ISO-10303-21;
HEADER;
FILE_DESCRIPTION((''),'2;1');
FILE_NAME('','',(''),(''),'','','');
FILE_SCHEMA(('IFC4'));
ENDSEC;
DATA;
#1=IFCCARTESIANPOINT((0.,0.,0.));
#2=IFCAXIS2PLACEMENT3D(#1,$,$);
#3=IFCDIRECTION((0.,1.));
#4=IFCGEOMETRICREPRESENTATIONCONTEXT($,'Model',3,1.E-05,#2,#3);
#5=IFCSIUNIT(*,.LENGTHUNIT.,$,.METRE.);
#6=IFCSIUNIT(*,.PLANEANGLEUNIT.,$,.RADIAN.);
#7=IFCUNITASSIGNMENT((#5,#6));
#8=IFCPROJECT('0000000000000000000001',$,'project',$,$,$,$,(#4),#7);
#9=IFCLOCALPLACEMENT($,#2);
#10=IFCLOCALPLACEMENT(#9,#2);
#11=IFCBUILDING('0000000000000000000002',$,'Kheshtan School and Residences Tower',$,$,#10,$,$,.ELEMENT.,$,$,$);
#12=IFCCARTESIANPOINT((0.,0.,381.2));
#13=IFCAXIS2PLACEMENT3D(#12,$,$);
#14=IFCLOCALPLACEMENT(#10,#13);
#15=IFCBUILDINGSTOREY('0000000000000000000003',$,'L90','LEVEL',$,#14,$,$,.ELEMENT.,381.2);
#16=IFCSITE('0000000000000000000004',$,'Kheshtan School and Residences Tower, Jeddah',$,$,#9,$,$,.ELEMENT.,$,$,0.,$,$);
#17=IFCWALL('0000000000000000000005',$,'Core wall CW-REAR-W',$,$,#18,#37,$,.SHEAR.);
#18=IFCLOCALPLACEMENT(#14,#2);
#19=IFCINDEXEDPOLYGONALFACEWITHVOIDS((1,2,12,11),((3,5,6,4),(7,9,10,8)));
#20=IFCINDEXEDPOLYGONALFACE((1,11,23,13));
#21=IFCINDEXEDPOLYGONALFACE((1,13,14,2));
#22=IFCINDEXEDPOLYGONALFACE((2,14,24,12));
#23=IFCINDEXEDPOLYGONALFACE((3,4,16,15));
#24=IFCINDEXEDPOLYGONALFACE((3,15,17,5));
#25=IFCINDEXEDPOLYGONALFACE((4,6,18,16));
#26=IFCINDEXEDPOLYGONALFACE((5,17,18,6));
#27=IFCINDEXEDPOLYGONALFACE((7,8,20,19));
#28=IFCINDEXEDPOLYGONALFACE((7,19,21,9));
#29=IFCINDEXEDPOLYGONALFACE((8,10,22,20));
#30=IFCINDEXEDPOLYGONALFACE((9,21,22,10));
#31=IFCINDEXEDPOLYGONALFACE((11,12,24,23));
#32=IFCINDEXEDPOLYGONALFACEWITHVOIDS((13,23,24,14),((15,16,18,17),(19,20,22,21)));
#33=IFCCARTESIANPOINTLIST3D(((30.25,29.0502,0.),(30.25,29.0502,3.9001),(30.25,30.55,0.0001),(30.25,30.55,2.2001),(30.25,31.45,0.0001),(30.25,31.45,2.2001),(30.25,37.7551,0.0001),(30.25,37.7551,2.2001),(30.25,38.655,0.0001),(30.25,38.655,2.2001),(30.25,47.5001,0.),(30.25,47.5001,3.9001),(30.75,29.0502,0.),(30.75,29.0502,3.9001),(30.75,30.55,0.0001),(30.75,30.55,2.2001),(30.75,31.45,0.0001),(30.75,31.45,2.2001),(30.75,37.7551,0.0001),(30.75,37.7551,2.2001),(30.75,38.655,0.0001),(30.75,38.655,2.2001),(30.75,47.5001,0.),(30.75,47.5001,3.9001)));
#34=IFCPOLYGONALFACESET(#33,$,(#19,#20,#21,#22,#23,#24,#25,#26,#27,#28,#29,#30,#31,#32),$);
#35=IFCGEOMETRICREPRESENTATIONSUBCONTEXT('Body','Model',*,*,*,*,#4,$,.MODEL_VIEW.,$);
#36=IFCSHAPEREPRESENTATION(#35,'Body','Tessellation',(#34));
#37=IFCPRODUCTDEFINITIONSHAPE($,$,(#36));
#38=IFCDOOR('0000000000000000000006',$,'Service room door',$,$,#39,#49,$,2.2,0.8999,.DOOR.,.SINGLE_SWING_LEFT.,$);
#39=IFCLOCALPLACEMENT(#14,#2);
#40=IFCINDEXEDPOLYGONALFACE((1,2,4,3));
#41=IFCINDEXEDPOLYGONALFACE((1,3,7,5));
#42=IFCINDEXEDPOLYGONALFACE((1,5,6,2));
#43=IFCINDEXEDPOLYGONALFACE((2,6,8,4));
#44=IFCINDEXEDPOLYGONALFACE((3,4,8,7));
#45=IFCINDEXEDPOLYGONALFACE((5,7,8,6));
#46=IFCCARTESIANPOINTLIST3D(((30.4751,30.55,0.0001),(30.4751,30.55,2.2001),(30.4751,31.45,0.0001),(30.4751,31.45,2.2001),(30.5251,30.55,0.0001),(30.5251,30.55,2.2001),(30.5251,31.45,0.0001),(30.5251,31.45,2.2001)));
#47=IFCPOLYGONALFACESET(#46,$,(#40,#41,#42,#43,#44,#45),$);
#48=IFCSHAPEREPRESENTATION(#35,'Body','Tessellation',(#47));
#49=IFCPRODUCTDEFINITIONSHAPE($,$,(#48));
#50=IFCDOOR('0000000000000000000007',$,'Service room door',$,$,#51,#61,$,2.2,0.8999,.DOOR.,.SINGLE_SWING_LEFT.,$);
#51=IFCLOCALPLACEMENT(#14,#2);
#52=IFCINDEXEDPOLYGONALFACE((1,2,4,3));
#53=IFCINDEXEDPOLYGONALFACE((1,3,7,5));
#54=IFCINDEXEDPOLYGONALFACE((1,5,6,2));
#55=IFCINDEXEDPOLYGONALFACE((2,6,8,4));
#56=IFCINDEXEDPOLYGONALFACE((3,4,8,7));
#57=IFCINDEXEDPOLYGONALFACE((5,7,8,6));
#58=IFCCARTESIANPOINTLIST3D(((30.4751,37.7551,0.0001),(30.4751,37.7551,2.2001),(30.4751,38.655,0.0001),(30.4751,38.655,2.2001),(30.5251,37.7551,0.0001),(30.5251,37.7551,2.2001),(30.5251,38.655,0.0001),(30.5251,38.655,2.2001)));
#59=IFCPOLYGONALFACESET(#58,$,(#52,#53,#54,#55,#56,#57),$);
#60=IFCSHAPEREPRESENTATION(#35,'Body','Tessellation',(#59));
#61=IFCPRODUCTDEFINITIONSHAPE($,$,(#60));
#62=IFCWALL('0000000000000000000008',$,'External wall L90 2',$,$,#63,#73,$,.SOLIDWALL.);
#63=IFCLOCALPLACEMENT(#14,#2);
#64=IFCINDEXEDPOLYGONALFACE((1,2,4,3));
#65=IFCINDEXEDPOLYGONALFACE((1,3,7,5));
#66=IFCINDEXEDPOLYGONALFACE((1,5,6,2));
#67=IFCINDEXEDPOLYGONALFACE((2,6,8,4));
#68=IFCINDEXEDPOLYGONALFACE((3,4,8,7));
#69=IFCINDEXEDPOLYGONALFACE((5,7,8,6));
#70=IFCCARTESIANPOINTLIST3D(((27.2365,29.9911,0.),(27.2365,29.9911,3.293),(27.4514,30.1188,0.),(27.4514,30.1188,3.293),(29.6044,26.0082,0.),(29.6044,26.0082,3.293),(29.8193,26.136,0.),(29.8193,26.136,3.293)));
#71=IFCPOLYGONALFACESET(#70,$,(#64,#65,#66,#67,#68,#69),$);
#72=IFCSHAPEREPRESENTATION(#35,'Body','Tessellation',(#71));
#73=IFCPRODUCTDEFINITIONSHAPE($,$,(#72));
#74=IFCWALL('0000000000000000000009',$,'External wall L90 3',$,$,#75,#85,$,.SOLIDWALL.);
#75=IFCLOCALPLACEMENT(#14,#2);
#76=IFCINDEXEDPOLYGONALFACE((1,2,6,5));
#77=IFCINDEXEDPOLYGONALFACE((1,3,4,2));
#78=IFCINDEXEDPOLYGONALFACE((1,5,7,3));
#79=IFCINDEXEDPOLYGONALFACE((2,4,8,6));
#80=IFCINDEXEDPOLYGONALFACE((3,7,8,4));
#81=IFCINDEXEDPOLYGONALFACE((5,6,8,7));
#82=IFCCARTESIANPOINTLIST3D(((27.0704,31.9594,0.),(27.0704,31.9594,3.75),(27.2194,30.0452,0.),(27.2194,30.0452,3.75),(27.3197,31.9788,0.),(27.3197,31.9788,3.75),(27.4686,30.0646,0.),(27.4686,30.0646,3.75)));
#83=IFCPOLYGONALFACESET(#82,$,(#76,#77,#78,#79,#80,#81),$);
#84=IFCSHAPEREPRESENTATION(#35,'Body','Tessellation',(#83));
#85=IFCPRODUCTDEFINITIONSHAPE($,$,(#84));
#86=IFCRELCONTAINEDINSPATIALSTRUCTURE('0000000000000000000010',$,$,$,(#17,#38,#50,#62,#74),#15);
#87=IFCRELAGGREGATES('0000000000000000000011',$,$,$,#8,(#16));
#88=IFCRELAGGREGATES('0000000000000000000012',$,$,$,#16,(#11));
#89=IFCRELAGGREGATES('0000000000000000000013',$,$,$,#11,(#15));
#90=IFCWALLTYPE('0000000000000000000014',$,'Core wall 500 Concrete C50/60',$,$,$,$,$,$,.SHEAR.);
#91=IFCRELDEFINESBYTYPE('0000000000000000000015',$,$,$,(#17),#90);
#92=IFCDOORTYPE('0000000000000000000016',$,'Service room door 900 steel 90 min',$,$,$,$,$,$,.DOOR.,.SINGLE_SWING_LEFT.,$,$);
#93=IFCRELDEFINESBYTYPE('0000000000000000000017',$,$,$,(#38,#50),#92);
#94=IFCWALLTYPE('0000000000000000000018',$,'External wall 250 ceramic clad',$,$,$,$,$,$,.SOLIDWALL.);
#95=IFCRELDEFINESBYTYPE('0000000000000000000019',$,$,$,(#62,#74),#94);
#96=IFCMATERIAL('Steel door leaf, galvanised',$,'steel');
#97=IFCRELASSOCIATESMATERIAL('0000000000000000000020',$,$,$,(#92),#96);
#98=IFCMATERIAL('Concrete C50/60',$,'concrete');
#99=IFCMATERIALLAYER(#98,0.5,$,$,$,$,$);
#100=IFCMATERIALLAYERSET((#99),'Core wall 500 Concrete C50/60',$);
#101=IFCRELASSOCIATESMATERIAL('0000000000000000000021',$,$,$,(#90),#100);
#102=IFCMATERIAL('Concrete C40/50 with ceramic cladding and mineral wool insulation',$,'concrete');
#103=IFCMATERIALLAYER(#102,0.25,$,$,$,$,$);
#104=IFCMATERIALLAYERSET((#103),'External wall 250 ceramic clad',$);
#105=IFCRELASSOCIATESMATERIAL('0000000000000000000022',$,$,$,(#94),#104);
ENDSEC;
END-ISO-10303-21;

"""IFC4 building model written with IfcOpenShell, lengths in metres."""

from ifc_helpers import new_model, si_unit, direction, frame, frame_2d, origin, place, context, subcontext, project, spatial, rectangle, extrude, source, transform, mapped, material, layer, layer_set, type_object, element, fill, save


model = new_model("IFC4")

# Units and contexts
model_context = context("Model", 3, precision=1e-05, world=origin(), true_north=direction((0.0, 1.0)))
body_context = subcontext(model_context, "Body", "Model", "MODEL_VIEW")
ifc_project = project(units=[si_unit("LENGTHUNIT", "METRE"), si_unit("PLANEANGLEUNIT", "RADIAN")], contexts=[model_context])

# Site, building, storey
site_placement = place(None, origin())
site = spatial("IfcSite", under=ifc_project, at=site_placement, Name="Kheshtan School and Residences Tower, Jeddah", CompositionType="ELEMENT", RefElevation=0.0)
building_placement = place(site_placement, origin())
building = spatial("IfcBuilding", under=site, at=building_placement, Name="Kheshtan School and Residences Tower", CompositionType="ELEMENT")
storey_placement = place(building_placement, frame((0.0, 0.0, 381.2)))
storey = spatial("IfcBuildingStorey", under=building, at=storey_placement, Name="L90", Description="LEVEL", CompositionType="ELEMENT", Elevation=381.2)

# Shared definitions
ifc_material_1 = material(Name="Concrete C50/60", Category="concrete")
ifc_material_2 = material(Name="Steel door leaf, galvanised", Category="steel")
door_type_1 = type_object("IfcDoorType", Name="Service room door 900 steel 90 min", OperationType="SINGLE_SWING_LEFT", PredefinedType="DOOR", material=ifc_material_2)
shared_shape_1 = source(origin(), body_context, "Body", "SweptSolid", [
    extrude(rectangle(XDim=0.8999, YDim=2.2, at=frame_2d((0.45, 1.1001))), frame((0.0, 0.0249, 0.0), z_axis=(0.0, -1.0, 0.0), x_axis=(1.0, 0.0, 0.0)), (0.0, 0.0, 1.0), 0.05),
])

# Shared definitions
ifc_layer_1 = layer(ifc_material_1, 0.5)
ifc_layer_set_1 = layer_set([ifc_layer_1], Name="Core wall 500 Concrete C50/60")
wall_type_1 = type_object("IfcWallType", Name="Core wall 500 Concrete C50/60", PredefinedType="SHEAR", material=ifc_layer_set_1)

# Wall, openings, doors
wall_1_placement = place(storey_placement, frame((30.5, 29.05, 0.0), z_axis=(0.0, 0.0, 1.0), x_axis=(0.0, 1.0, 0.0)))
wall_1 = element("IfcWall", 1, at=wall_1_placement, inside=storey, type_object=wall_type_1, Name="Core wall CW-REAR-W", PredefinedType="SHEAR", context=body_context, shape_type="SweptSolid", body=[
    extrude(rectangle(XDim=18.45, YDim=0.5, at=frame_2d((9.2251, 0.0))), origin(), (0.0, 0.0, 1.0), 3.9001),
])
opening_1_placement = place(wall_1_placement, frame((1.5, 0.0, 0.0)))
opening_1 = element("IfcOpeningElement", 2, at=opening_1_placement, cuts=wall_1, PredefinedType="OPENING", context=body_context, shape_type="SweptSolid", body=[
    extrude(rectangle(XDim=0.8999, YDim=2.2, at=frame_2d((0.45, 1.1001))), frame((0.0, 0.26, 0.0), z_axis=(0.0, -1.0, 0.0), x_axis=(1.0, 0.0, 0.0)), (0.0, 0.0, 1.0), 0.52),
])
opening_2_placement = place(wall_1_placement, frame((8.7051, 0.0, 0.0)))
opening_2 = element("IfcOpeningElement", 3, at=opening_2_placement, cuts=wall_1, PredefinedType="OPENING", context=body_context, shape_type="SweptSolid", body=[
    extrude(rectangle(XDim=0.8999, YDim=2.2, at=frame_2d((0.45, 1.1001))), frame((0.0, 0.26, 0.0), z_axis=(0.0, -1.0, 0.0), x_axis=(1.0, 0.0, 0.0)), (0.0, 0.0, 1.0), 0.52),
])
door_1_placement = place(opening_1_placement, origin())
door_1 = element("IfcDoor", 4, at=door_1_placement, inside=storey, type_object=door_type_1, Name="Service room door", OperationType="SINGLE_SWING_LEFT", OverallHeight=2.2, OverallWidth=0.8999, PredefinedType="DOOR", context=body_context, shape_type="MappedRepresentation", body=[
    mapped(shared_shape_1, transform((0.0, 0.0, 0.0), x_axis=(1.0, 0.0, 0.0), y_axis=(0.0, 1.0, 0.0), z_axis=(0.0, 0.0, 1.0), scale=1.0)),
])
fill(opening_1, door_1)
door_2_placement = place(opening_2_placement, origin())
door_2 = element("IfcDoor", 5, at=door_2_placement, inside=storey, type_object=door_type_1, Name="Service room door", OperationType="SINGLE_SWING_LEFT", OverallHeight=2.2, OverallWidth=0.8999, PredefinedType="DOOR", context=body_context, shape_type="MappedRepresentation", body=[
    mapped(shared_shape_1, transform((0.0, 0.0, 0.0), x_axis=(1.0, 0.0, 0.0), y_axis=(0.0, 1.0, 0.0), z_axis=(0.0, 0.0, 1.0), scale=1.0)),
])
fill(opening_2, door_2)

# Walls
ifc_material_3 = material(Name="Concrete C40/50 with ceramic cladding and mineral wool insulation", Category="concrete")
ifc_layer_2 = layer(ifc_material_3, 0.25)
ifc_layer_set_2 = layer_set([ifc_layer_2], Name="External wall 250 ceramic clad")
wall_type_2 = type_object("IfcWallType", Name="External wall 250 ceramic clad", PredefinedType="SOLIDWALL", material=ifc_layer_set_2)
wall_2_placement = place(storey_placement, frame((29.7119, 26.072, 0.0), z_axis=(0.0, 0.0, 1.0), x_axis=(-0.511028, 0.859564, 0.0)))
element("IfcWall", 6, at=wall_2_placement, inside=storey, type_object=wall_type_2, Name="External wall L90 2", PredefinedType="SOLIDWALL", context=body_context, shape_type="SweptSolid", body=[
    extrude(rectangle(XDim=4.6335, YDim=0.25, at=frame_2d((2.3169, 0.0))), origin(), (0.0, 0.0, 1.0), 3.293),
])
wall_3_placement = place(storey_placement, frame((27.344, 30.0549, 0.0), z_axis=(0.0, 0.0, 1.0), x_axis=(-0.077572, 0.996987, 0.0)))
element("IfcWall", 7, at=wall_3_placement, inside=storey, type_object=wall_type_2, Name="External wall L90 3", PredefinedType="SOLIDWALL", context=body_context, shape_type="SweptSolid", body=[
    extrude(rectangle(XDim=1.9199, YDim=0.25, at=frame_2d((0.96, 0.0))), origin(), (0.0, 0.0, 1.0), 3.75),
])

save(model, "model.ifc")
